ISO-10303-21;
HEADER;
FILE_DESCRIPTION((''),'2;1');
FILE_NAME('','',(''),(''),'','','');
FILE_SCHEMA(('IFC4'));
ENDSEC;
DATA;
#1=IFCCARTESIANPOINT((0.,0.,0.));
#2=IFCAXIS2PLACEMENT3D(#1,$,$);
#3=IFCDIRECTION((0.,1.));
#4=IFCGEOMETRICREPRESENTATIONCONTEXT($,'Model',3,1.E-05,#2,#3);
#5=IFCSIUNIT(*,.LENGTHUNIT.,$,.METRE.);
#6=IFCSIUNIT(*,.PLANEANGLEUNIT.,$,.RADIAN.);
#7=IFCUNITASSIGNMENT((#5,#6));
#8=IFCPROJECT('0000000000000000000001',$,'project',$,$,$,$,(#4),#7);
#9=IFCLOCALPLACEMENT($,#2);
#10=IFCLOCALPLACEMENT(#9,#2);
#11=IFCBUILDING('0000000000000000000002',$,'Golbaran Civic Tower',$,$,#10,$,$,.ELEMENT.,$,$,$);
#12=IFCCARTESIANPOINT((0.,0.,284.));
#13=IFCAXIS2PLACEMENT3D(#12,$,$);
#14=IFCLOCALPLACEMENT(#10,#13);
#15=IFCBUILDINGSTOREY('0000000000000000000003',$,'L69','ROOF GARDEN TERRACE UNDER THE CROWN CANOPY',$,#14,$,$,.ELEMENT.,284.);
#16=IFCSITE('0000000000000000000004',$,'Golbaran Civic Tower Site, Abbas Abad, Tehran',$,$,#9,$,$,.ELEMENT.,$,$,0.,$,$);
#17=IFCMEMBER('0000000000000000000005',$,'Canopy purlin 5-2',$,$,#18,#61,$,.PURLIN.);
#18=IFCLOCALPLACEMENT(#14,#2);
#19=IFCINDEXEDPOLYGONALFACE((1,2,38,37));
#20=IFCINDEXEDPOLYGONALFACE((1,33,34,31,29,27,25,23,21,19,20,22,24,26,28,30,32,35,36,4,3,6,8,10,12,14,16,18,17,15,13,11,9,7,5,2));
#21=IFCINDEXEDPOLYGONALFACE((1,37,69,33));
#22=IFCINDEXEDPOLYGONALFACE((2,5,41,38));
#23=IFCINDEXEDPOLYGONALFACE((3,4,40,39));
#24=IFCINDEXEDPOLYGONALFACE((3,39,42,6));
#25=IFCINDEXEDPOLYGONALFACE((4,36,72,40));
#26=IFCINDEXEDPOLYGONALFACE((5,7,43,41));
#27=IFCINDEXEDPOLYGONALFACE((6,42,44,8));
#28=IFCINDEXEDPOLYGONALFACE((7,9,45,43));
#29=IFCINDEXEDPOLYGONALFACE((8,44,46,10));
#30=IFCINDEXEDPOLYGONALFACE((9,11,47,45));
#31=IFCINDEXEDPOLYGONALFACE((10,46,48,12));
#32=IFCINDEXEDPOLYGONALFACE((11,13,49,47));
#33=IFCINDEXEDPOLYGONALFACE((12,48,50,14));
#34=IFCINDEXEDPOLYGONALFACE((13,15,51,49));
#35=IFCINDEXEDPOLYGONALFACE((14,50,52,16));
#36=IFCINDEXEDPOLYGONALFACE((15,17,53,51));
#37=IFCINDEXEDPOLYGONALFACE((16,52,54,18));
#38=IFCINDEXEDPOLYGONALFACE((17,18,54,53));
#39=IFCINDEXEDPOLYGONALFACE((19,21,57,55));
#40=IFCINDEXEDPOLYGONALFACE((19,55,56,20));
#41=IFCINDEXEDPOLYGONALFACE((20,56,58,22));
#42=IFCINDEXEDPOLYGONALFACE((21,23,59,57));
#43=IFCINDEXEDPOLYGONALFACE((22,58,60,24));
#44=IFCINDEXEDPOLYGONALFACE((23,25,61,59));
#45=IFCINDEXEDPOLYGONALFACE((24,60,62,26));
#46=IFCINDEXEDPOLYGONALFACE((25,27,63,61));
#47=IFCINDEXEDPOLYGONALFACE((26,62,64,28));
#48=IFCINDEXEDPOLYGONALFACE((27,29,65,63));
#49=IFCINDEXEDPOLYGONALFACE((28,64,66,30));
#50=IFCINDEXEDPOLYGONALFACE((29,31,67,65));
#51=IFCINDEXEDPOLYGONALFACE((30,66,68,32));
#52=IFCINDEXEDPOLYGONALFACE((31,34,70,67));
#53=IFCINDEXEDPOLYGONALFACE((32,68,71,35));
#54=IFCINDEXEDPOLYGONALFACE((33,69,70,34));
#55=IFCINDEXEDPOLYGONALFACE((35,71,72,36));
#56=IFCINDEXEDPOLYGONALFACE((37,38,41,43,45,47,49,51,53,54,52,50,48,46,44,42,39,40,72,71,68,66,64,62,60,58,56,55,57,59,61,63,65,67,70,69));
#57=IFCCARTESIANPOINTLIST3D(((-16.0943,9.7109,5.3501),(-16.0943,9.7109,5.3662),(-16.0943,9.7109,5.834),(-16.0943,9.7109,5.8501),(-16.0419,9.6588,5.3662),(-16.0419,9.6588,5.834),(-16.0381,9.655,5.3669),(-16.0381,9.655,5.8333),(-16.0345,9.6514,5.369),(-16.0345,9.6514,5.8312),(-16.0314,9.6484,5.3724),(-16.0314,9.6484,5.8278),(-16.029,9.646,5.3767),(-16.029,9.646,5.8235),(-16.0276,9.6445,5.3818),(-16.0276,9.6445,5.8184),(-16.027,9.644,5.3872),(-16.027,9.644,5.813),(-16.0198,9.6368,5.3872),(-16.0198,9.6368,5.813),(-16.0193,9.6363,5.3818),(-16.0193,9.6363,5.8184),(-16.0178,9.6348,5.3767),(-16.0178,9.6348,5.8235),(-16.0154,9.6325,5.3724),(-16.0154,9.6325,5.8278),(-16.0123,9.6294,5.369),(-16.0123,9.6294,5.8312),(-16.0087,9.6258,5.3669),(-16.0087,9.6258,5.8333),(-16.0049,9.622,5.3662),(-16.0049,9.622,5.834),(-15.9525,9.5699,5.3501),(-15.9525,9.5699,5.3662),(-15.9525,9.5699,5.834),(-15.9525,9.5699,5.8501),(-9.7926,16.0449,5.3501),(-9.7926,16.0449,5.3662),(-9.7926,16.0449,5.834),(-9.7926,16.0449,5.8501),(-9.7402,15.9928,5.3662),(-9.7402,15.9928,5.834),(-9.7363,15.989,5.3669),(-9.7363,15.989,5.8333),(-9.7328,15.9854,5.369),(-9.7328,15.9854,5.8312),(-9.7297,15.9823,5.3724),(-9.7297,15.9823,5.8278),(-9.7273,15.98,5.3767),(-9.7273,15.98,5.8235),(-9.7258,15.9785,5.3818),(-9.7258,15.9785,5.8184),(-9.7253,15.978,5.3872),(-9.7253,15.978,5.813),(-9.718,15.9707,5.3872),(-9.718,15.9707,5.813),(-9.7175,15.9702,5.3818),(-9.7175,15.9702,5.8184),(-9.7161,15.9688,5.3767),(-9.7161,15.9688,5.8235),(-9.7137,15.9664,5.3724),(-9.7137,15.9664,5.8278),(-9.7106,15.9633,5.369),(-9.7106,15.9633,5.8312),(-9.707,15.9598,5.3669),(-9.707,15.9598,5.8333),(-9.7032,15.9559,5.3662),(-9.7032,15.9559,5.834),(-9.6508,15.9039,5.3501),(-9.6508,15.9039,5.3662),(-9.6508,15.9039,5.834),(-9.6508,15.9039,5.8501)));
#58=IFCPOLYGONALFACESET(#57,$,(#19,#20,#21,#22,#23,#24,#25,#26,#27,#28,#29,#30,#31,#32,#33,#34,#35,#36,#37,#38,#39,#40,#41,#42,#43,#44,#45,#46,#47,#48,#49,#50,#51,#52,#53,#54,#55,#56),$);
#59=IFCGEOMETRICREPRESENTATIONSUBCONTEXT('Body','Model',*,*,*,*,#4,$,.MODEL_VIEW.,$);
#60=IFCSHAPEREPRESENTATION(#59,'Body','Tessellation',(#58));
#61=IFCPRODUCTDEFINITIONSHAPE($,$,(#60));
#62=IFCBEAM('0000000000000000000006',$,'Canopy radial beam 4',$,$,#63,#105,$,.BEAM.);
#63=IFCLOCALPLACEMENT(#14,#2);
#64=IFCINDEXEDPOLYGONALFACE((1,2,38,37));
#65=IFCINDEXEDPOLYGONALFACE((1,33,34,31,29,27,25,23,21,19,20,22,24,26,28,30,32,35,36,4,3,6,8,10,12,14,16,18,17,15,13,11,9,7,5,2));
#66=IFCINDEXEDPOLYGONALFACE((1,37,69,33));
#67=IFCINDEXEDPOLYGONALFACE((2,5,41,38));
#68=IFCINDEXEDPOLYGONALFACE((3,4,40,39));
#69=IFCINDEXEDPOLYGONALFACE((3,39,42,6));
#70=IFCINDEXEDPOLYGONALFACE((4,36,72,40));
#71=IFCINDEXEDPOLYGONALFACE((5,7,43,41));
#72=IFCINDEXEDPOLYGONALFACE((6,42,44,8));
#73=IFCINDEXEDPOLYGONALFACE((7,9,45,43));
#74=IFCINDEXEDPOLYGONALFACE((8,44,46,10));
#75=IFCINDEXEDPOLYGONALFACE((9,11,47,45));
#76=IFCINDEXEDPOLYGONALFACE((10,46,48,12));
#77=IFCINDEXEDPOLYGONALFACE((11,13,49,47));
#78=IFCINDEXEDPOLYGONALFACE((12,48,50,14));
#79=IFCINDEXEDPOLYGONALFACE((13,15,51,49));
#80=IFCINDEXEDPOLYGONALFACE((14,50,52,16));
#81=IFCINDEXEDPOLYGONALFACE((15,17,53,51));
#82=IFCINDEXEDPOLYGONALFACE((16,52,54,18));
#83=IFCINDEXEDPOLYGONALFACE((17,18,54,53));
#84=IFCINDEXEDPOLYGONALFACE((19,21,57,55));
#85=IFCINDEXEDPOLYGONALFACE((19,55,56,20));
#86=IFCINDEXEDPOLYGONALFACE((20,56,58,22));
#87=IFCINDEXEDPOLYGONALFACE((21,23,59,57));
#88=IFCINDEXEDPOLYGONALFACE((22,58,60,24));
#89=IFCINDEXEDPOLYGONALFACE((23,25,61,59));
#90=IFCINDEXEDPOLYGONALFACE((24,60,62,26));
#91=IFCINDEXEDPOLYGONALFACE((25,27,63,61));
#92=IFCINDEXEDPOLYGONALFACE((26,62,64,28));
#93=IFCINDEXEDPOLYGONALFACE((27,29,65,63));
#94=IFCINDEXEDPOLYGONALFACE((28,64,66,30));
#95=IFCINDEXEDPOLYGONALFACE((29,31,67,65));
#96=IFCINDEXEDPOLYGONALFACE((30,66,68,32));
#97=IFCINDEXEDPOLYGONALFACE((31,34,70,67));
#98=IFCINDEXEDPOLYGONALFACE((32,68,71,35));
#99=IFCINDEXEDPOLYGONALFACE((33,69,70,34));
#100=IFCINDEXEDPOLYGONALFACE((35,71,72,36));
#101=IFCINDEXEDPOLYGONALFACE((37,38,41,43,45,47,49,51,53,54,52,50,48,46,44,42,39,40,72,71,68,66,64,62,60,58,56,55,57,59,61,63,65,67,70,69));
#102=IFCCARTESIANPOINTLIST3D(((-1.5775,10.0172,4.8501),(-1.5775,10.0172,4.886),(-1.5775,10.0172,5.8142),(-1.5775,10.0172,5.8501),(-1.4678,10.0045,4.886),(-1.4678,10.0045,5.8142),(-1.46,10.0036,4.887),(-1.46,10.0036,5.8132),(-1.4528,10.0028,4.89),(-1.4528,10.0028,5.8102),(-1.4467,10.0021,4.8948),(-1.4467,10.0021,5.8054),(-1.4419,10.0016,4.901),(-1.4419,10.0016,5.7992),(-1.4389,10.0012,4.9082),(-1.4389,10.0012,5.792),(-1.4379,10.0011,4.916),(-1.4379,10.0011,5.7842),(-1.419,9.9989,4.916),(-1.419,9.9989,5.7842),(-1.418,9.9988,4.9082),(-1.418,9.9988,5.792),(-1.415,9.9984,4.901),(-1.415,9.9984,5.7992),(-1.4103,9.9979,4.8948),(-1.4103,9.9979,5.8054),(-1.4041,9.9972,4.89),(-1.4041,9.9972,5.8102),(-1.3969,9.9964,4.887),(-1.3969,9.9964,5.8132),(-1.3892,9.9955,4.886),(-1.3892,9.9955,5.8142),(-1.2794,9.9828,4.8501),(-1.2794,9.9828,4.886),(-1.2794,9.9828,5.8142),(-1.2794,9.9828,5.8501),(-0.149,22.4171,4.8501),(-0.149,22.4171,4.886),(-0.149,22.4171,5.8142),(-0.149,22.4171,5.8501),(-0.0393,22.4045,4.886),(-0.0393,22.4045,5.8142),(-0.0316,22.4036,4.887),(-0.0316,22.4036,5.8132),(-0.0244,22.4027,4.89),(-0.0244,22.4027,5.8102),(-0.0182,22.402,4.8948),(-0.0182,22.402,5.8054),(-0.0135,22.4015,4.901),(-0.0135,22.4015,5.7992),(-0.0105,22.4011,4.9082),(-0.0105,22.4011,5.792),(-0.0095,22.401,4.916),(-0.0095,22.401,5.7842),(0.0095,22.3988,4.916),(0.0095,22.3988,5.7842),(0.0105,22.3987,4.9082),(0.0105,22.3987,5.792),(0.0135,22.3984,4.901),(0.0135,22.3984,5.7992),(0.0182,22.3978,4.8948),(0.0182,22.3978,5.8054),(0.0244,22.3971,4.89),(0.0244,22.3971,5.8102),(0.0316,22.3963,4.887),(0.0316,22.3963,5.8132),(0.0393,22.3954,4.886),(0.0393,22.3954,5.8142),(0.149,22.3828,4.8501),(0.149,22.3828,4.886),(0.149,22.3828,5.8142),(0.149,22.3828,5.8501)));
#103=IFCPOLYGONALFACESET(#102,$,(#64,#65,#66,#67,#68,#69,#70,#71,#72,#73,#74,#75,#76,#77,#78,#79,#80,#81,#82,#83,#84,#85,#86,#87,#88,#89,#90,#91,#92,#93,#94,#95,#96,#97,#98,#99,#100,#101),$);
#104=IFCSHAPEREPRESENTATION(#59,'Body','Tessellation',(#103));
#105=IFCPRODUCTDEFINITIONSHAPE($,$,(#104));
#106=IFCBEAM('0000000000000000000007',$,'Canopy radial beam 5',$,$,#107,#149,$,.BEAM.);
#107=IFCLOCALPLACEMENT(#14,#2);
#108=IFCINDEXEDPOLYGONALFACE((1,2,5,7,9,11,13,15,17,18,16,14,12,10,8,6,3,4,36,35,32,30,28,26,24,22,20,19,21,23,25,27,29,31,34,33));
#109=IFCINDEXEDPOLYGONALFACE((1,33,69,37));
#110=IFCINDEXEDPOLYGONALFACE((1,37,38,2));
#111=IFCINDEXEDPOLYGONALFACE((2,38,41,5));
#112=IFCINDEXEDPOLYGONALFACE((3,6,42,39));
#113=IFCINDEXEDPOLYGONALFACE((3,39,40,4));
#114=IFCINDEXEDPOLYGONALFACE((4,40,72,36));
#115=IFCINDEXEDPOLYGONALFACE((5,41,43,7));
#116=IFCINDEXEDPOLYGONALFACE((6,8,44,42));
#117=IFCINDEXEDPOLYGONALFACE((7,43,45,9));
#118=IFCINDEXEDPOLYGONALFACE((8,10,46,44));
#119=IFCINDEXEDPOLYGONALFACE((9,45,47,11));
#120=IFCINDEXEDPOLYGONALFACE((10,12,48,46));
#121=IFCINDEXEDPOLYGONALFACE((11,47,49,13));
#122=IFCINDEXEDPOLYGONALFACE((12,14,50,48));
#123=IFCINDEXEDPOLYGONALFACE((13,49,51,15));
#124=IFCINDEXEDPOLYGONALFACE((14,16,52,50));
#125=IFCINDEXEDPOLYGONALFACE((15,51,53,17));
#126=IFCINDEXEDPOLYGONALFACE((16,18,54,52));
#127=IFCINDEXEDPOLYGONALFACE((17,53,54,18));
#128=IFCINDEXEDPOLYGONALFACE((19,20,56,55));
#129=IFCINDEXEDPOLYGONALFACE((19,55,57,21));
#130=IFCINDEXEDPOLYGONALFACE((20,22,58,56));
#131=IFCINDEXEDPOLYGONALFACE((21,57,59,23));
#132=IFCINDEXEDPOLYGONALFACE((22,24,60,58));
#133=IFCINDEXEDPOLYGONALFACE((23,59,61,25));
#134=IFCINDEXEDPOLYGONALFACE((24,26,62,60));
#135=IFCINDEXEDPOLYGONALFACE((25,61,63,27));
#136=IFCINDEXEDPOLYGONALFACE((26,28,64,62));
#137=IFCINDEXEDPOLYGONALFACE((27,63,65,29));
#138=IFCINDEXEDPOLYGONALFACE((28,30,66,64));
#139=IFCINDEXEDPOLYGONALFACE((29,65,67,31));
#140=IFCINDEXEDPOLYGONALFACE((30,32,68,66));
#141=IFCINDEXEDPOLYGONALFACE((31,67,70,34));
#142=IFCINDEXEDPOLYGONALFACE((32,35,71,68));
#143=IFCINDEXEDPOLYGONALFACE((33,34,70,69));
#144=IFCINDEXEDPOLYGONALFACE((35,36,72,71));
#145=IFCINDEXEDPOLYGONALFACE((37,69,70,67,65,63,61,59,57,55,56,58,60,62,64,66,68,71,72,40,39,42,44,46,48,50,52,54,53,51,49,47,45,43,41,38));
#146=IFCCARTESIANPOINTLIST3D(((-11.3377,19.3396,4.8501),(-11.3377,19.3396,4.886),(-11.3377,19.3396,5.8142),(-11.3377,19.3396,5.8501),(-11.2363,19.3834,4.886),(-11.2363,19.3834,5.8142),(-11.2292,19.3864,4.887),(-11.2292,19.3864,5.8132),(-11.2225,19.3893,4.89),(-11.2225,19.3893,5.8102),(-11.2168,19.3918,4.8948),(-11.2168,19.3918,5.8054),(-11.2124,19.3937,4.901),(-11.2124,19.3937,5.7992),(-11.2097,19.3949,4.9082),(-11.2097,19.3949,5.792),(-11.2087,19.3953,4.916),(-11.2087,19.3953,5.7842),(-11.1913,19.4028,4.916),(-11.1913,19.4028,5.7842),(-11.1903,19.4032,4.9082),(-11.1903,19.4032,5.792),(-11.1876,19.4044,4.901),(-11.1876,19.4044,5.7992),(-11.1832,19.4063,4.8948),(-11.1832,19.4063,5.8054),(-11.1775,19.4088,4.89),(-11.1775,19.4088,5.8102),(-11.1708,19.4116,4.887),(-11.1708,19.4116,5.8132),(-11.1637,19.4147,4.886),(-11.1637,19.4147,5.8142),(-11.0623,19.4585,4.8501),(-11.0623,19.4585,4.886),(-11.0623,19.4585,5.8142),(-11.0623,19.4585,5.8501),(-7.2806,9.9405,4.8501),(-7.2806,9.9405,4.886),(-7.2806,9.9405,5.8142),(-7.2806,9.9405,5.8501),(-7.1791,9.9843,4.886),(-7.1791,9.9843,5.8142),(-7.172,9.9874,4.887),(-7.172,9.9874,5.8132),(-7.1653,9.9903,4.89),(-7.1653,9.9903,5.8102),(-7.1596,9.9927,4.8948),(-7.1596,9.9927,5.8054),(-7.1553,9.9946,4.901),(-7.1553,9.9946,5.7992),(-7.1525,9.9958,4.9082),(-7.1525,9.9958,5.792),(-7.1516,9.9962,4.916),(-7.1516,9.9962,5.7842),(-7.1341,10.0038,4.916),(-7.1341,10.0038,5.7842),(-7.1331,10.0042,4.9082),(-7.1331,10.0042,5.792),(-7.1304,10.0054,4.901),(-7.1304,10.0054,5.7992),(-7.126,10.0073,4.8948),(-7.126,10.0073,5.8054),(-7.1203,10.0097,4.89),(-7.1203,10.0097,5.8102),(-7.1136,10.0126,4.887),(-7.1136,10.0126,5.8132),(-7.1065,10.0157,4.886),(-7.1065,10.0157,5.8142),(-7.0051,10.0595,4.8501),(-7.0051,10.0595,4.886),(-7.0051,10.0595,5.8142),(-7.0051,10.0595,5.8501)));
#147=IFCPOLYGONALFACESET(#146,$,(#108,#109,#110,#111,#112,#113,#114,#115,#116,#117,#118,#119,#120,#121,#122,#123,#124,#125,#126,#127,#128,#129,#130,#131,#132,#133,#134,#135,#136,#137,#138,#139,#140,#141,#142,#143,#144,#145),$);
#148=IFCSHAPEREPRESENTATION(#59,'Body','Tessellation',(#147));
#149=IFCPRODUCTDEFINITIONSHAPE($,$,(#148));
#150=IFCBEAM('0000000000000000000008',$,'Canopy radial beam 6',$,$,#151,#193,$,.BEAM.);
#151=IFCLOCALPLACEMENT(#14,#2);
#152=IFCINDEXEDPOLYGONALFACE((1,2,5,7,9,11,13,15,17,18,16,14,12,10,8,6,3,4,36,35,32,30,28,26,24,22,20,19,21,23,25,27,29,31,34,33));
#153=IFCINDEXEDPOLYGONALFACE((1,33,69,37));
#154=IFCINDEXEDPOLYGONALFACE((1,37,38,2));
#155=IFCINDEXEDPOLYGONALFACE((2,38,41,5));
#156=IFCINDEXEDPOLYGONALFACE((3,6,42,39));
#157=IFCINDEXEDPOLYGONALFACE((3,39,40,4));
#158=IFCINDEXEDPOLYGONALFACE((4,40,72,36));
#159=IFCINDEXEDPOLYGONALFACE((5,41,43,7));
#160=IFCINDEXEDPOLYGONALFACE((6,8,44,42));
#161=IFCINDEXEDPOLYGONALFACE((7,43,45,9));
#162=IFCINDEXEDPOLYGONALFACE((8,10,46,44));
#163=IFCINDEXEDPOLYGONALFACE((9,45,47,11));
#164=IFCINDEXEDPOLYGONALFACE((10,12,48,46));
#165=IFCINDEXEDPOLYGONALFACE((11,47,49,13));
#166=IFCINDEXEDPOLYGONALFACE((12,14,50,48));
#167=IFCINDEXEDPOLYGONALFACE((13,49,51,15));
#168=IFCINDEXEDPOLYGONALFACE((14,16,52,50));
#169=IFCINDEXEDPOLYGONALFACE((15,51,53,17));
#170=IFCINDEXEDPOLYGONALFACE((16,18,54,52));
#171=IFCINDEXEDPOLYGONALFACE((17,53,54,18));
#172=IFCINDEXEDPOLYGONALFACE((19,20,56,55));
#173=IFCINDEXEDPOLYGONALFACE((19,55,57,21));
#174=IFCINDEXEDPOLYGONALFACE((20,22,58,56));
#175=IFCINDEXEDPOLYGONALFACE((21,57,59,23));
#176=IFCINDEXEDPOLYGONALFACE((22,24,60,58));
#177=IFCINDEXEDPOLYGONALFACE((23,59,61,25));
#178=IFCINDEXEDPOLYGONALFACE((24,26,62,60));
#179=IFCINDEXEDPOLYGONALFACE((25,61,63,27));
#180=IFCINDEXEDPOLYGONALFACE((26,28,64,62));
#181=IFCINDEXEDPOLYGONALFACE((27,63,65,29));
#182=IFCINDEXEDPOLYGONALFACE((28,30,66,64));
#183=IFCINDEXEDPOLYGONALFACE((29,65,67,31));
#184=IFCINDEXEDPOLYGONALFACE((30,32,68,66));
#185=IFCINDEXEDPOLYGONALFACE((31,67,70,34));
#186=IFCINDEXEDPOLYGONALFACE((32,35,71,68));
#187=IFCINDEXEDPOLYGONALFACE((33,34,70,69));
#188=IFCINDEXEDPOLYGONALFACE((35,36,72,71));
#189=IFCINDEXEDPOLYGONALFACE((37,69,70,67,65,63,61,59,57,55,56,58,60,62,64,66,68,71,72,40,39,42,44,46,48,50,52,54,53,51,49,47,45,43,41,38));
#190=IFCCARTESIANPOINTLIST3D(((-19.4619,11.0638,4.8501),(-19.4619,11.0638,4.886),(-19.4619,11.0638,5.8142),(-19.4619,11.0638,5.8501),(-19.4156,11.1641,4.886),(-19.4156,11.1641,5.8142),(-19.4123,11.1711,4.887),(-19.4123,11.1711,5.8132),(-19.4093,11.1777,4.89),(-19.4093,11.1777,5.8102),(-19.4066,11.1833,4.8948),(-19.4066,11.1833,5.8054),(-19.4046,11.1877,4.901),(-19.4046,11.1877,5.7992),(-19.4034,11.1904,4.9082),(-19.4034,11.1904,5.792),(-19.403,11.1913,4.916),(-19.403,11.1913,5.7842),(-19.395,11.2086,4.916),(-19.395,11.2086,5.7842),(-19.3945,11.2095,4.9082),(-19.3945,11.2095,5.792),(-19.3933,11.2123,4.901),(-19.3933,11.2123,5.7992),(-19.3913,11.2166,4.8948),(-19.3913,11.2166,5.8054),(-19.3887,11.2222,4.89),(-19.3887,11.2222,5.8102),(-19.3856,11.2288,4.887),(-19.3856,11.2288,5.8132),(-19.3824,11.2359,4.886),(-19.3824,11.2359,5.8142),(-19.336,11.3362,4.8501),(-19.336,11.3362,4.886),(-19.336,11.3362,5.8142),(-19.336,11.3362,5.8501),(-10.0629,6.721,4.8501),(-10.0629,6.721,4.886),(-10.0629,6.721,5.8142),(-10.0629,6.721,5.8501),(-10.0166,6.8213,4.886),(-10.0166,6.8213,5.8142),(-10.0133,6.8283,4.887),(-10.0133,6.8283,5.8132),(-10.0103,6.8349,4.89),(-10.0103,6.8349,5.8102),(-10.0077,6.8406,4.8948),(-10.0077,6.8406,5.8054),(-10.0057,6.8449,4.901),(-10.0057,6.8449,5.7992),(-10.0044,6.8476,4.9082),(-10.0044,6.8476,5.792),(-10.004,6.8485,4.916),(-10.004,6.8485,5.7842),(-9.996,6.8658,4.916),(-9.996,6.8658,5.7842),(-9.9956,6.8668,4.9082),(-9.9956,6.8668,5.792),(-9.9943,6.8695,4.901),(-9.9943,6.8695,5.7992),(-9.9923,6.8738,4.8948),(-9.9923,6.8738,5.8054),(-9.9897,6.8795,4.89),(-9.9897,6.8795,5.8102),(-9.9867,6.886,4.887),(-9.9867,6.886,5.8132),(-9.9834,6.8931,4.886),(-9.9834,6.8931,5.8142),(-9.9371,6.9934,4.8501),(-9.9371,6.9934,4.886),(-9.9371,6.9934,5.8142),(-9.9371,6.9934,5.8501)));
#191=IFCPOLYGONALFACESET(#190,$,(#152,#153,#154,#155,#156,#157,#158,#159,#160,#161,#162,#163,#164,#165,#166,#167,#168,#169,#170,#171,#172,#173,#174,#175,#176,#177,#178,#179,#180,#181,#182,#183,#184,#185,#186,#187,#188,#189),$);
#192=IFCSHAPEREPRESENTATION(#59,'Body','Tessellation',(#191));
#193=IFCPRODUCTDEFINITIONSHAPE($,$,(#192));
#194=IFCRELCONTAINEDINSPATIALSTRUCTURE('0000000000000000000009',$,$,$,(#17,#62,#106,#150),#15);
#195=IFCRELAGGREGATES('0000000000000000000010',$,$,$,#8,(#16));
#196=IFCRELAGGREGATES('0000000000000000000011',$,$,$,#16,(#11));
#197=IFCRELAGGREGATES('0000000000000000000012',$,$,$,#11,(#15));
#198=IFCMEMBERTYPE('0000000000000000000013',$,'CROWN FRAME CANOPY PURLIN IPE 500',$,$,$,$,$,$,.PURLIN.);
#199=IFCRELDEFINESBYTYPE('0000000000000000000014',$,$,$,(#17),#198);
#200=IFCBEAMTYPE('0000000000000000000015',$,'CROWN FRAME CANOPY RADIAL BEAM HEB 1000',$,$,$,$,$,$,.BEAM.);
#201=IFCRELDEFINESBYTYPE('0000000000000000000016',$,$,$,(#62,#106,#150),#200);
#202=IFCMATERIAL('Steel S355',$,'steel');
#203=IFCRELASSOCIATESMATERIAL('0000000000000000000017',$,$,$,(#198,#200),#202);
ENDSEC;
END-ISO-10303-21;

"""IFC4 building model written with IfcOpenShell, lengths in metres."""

from ifc_helpers import new_model, si_unit, direction, frame, origin, origin_2d, place, context, subcontext, project, spatial, i_section, extrude, material, material_profile, profile_set, type_object, element, save


model = new_model("IFC4")

# Units and contexts
model_context = context("Model", 3, precision=1e-05, world=origin(), true_north=direction((0.0, 1.0)))
body_context = subcontext(model_context, "Body", "Model", "MODEL_VIEW")
ifc_project = project(units=[si_unit("LENGTHUNIT", "METRE"), si_unit("PLANEANGLEUNIT", "RADIAN")], contexts=[model_context])

# Site, building, storey
site_placement = place(None, origin())
site = spatial("IfcSite", under=ifc_project, at=site_placement, Name="Golbaran Civic Tower Site, Abbas Abad, Tehran", CompositionType="ELEMENT", RefElevation=0.0)
building_placement = place(site_placement, origin())
building = spatial("IfcBuilding", under=site, at=building_placement, Name="Golbaran Civic Tower", CompositionType="ELEMENT")
storey_placement = place(building_placement, frame((0.0, 0.0, 284.0)))
storey = spatial("IfcBuildingStorey", under=building, at=storey_placement, Name="L69", Description="ROOF GARDEN TERRACE UNDER THE CROWN CANOPY", CompositionType="ELEMENT", Elevation=284.0)

# Member
ifc_material_1 = material(Name="Steel S355", Category="steel")
ifc_material_profile_1 = material_profile(ifc_material_1, i_section(OverallWidth=0.2, OverallDepth=0.5, WebThickness=0.0103, FlangeThickness=0.0161, FilletRadius=0.021, at=origin_2d()), Name="IPE 500")
ifc_profile_set_1 = profile_set([ifc_material_profile_1], Name="Steel S355")
member_type_1 = type_object("IfcMemberType", Name="CROWN FRAME CANOPY PURLIN IPE 500", PredefinedType="PURLIN", material=ifc_profile_set_1)
member_1_placement = place(storey_placement, frame((-9.7217, 15.9744, 5.6001), z_axis=(-0.705301, -0.708908, 0.0), x_axis=(0.708908, -0.705301, 0.0)))
element("IfcMember", 1, at=member_1_placement, inside=storey, type_object=member_type_1, Name="Canopy purlin 5-2", PredefinedType="PURLIN", context=body_context, shape_type="SweptSolid", body=[
    extrude(i_section(OverallWidth=0.2, OverallDepth=0.5, WebThickness=0.0103, FlangeThickness=0.0161, FilletRadius=0.021, at=origin_2d()), origin(), (0.0, 0.0, 1.0), 8.9348),
])

# Beams
ifc_material_profile_2 = material_profile(ifc_material_1, i_section(OverallWidth=0.3, OverallDepth=1.0, WebThickness=0.019, FlangeThickness=0.0359, FilletRadius=0.03, at=origin_2d()), Name="HEB 1000")
ifc_profile_set_2 = profile_set([ifc_material_profile_2], Name="Steel S355")
beam_type_1 = type_object("IfcBeamType", Name="CROWN FRAME CANOPY RADIAL BEAM HEB 1000", PredefinedType="BEAM", material=ifc_profile_set_2)
beam_1_placement = place(storey_placement, frame((-1.4285, 10.0, 5.3501), z_axis=(0.114443, 0.99343, 0.0), x_axis=(-0.99343, 0.114443, 0.0)))
element("IfcBeam", 2, at=beam_1_placement, inside=storey, type_object=beam_type_1, Name="Canopy radial beam 4", PredefinedType="BEAM", context=body_context, shape_type="SweptSolid", body=[
    extrude(i_section(OverallWidth=0.3, OverallDepth=1.0, WebThickness=0.019, FlangeThickness=0.0359, FilletRadius=0.03, at=origin_2d()), origin(), (0.0, 0.0, 1.0), 12.4819),
])
beam_2_placement = place(storey_placement, frame((-7.1428, 10.0, 5.3501), z_axis=(-0.396313, 0.918116, 0.0), x_axis=(-0.918116, -0.396313, 0.0)))
element("IfcBeam", 3, at=beam_2_placement, inside=storey, type_object=beam_type_1, Name="Canopy radial beam 5", PredefinedType="BEAM", context=body_context, shape_type="SweptSolid", body=[
    extrude(i_section(OverallWidth=0.3, OverallDepth=1.0, WebThickness=0.019, FlangeThickness=0.0359, FilletRadius=0.03, at=origin_2d()), origin(), (0.0, 0.0, 1.0), 10.2373),
])
beam_3_placement = place(storey_placement, frame((-10.0, 6.8572, 5.3501), z_axis=(-0.907783, 0.419441, 0.0), x_axis=(-0.419441, -0.907783, 0.0)))
element("IfcBeam", 4, at=beam_3_placement, inside=storey, type_object=beam_type_1, Name="Canopy radial beam 6", PredefinedType="BEAM", context=body_context, shape_type="SweptSolid", body=[
    extrude(i_section(OverallWidth=0.3, OverallDepth=1.0, WebThickness=0.019, FlangeThickness=0.0359, FilletRadius=0.03, at=origin_2d()), origin(), (0.0, 0.0, 1.0), 10.3538),
])

save(model, "model.ifc")
